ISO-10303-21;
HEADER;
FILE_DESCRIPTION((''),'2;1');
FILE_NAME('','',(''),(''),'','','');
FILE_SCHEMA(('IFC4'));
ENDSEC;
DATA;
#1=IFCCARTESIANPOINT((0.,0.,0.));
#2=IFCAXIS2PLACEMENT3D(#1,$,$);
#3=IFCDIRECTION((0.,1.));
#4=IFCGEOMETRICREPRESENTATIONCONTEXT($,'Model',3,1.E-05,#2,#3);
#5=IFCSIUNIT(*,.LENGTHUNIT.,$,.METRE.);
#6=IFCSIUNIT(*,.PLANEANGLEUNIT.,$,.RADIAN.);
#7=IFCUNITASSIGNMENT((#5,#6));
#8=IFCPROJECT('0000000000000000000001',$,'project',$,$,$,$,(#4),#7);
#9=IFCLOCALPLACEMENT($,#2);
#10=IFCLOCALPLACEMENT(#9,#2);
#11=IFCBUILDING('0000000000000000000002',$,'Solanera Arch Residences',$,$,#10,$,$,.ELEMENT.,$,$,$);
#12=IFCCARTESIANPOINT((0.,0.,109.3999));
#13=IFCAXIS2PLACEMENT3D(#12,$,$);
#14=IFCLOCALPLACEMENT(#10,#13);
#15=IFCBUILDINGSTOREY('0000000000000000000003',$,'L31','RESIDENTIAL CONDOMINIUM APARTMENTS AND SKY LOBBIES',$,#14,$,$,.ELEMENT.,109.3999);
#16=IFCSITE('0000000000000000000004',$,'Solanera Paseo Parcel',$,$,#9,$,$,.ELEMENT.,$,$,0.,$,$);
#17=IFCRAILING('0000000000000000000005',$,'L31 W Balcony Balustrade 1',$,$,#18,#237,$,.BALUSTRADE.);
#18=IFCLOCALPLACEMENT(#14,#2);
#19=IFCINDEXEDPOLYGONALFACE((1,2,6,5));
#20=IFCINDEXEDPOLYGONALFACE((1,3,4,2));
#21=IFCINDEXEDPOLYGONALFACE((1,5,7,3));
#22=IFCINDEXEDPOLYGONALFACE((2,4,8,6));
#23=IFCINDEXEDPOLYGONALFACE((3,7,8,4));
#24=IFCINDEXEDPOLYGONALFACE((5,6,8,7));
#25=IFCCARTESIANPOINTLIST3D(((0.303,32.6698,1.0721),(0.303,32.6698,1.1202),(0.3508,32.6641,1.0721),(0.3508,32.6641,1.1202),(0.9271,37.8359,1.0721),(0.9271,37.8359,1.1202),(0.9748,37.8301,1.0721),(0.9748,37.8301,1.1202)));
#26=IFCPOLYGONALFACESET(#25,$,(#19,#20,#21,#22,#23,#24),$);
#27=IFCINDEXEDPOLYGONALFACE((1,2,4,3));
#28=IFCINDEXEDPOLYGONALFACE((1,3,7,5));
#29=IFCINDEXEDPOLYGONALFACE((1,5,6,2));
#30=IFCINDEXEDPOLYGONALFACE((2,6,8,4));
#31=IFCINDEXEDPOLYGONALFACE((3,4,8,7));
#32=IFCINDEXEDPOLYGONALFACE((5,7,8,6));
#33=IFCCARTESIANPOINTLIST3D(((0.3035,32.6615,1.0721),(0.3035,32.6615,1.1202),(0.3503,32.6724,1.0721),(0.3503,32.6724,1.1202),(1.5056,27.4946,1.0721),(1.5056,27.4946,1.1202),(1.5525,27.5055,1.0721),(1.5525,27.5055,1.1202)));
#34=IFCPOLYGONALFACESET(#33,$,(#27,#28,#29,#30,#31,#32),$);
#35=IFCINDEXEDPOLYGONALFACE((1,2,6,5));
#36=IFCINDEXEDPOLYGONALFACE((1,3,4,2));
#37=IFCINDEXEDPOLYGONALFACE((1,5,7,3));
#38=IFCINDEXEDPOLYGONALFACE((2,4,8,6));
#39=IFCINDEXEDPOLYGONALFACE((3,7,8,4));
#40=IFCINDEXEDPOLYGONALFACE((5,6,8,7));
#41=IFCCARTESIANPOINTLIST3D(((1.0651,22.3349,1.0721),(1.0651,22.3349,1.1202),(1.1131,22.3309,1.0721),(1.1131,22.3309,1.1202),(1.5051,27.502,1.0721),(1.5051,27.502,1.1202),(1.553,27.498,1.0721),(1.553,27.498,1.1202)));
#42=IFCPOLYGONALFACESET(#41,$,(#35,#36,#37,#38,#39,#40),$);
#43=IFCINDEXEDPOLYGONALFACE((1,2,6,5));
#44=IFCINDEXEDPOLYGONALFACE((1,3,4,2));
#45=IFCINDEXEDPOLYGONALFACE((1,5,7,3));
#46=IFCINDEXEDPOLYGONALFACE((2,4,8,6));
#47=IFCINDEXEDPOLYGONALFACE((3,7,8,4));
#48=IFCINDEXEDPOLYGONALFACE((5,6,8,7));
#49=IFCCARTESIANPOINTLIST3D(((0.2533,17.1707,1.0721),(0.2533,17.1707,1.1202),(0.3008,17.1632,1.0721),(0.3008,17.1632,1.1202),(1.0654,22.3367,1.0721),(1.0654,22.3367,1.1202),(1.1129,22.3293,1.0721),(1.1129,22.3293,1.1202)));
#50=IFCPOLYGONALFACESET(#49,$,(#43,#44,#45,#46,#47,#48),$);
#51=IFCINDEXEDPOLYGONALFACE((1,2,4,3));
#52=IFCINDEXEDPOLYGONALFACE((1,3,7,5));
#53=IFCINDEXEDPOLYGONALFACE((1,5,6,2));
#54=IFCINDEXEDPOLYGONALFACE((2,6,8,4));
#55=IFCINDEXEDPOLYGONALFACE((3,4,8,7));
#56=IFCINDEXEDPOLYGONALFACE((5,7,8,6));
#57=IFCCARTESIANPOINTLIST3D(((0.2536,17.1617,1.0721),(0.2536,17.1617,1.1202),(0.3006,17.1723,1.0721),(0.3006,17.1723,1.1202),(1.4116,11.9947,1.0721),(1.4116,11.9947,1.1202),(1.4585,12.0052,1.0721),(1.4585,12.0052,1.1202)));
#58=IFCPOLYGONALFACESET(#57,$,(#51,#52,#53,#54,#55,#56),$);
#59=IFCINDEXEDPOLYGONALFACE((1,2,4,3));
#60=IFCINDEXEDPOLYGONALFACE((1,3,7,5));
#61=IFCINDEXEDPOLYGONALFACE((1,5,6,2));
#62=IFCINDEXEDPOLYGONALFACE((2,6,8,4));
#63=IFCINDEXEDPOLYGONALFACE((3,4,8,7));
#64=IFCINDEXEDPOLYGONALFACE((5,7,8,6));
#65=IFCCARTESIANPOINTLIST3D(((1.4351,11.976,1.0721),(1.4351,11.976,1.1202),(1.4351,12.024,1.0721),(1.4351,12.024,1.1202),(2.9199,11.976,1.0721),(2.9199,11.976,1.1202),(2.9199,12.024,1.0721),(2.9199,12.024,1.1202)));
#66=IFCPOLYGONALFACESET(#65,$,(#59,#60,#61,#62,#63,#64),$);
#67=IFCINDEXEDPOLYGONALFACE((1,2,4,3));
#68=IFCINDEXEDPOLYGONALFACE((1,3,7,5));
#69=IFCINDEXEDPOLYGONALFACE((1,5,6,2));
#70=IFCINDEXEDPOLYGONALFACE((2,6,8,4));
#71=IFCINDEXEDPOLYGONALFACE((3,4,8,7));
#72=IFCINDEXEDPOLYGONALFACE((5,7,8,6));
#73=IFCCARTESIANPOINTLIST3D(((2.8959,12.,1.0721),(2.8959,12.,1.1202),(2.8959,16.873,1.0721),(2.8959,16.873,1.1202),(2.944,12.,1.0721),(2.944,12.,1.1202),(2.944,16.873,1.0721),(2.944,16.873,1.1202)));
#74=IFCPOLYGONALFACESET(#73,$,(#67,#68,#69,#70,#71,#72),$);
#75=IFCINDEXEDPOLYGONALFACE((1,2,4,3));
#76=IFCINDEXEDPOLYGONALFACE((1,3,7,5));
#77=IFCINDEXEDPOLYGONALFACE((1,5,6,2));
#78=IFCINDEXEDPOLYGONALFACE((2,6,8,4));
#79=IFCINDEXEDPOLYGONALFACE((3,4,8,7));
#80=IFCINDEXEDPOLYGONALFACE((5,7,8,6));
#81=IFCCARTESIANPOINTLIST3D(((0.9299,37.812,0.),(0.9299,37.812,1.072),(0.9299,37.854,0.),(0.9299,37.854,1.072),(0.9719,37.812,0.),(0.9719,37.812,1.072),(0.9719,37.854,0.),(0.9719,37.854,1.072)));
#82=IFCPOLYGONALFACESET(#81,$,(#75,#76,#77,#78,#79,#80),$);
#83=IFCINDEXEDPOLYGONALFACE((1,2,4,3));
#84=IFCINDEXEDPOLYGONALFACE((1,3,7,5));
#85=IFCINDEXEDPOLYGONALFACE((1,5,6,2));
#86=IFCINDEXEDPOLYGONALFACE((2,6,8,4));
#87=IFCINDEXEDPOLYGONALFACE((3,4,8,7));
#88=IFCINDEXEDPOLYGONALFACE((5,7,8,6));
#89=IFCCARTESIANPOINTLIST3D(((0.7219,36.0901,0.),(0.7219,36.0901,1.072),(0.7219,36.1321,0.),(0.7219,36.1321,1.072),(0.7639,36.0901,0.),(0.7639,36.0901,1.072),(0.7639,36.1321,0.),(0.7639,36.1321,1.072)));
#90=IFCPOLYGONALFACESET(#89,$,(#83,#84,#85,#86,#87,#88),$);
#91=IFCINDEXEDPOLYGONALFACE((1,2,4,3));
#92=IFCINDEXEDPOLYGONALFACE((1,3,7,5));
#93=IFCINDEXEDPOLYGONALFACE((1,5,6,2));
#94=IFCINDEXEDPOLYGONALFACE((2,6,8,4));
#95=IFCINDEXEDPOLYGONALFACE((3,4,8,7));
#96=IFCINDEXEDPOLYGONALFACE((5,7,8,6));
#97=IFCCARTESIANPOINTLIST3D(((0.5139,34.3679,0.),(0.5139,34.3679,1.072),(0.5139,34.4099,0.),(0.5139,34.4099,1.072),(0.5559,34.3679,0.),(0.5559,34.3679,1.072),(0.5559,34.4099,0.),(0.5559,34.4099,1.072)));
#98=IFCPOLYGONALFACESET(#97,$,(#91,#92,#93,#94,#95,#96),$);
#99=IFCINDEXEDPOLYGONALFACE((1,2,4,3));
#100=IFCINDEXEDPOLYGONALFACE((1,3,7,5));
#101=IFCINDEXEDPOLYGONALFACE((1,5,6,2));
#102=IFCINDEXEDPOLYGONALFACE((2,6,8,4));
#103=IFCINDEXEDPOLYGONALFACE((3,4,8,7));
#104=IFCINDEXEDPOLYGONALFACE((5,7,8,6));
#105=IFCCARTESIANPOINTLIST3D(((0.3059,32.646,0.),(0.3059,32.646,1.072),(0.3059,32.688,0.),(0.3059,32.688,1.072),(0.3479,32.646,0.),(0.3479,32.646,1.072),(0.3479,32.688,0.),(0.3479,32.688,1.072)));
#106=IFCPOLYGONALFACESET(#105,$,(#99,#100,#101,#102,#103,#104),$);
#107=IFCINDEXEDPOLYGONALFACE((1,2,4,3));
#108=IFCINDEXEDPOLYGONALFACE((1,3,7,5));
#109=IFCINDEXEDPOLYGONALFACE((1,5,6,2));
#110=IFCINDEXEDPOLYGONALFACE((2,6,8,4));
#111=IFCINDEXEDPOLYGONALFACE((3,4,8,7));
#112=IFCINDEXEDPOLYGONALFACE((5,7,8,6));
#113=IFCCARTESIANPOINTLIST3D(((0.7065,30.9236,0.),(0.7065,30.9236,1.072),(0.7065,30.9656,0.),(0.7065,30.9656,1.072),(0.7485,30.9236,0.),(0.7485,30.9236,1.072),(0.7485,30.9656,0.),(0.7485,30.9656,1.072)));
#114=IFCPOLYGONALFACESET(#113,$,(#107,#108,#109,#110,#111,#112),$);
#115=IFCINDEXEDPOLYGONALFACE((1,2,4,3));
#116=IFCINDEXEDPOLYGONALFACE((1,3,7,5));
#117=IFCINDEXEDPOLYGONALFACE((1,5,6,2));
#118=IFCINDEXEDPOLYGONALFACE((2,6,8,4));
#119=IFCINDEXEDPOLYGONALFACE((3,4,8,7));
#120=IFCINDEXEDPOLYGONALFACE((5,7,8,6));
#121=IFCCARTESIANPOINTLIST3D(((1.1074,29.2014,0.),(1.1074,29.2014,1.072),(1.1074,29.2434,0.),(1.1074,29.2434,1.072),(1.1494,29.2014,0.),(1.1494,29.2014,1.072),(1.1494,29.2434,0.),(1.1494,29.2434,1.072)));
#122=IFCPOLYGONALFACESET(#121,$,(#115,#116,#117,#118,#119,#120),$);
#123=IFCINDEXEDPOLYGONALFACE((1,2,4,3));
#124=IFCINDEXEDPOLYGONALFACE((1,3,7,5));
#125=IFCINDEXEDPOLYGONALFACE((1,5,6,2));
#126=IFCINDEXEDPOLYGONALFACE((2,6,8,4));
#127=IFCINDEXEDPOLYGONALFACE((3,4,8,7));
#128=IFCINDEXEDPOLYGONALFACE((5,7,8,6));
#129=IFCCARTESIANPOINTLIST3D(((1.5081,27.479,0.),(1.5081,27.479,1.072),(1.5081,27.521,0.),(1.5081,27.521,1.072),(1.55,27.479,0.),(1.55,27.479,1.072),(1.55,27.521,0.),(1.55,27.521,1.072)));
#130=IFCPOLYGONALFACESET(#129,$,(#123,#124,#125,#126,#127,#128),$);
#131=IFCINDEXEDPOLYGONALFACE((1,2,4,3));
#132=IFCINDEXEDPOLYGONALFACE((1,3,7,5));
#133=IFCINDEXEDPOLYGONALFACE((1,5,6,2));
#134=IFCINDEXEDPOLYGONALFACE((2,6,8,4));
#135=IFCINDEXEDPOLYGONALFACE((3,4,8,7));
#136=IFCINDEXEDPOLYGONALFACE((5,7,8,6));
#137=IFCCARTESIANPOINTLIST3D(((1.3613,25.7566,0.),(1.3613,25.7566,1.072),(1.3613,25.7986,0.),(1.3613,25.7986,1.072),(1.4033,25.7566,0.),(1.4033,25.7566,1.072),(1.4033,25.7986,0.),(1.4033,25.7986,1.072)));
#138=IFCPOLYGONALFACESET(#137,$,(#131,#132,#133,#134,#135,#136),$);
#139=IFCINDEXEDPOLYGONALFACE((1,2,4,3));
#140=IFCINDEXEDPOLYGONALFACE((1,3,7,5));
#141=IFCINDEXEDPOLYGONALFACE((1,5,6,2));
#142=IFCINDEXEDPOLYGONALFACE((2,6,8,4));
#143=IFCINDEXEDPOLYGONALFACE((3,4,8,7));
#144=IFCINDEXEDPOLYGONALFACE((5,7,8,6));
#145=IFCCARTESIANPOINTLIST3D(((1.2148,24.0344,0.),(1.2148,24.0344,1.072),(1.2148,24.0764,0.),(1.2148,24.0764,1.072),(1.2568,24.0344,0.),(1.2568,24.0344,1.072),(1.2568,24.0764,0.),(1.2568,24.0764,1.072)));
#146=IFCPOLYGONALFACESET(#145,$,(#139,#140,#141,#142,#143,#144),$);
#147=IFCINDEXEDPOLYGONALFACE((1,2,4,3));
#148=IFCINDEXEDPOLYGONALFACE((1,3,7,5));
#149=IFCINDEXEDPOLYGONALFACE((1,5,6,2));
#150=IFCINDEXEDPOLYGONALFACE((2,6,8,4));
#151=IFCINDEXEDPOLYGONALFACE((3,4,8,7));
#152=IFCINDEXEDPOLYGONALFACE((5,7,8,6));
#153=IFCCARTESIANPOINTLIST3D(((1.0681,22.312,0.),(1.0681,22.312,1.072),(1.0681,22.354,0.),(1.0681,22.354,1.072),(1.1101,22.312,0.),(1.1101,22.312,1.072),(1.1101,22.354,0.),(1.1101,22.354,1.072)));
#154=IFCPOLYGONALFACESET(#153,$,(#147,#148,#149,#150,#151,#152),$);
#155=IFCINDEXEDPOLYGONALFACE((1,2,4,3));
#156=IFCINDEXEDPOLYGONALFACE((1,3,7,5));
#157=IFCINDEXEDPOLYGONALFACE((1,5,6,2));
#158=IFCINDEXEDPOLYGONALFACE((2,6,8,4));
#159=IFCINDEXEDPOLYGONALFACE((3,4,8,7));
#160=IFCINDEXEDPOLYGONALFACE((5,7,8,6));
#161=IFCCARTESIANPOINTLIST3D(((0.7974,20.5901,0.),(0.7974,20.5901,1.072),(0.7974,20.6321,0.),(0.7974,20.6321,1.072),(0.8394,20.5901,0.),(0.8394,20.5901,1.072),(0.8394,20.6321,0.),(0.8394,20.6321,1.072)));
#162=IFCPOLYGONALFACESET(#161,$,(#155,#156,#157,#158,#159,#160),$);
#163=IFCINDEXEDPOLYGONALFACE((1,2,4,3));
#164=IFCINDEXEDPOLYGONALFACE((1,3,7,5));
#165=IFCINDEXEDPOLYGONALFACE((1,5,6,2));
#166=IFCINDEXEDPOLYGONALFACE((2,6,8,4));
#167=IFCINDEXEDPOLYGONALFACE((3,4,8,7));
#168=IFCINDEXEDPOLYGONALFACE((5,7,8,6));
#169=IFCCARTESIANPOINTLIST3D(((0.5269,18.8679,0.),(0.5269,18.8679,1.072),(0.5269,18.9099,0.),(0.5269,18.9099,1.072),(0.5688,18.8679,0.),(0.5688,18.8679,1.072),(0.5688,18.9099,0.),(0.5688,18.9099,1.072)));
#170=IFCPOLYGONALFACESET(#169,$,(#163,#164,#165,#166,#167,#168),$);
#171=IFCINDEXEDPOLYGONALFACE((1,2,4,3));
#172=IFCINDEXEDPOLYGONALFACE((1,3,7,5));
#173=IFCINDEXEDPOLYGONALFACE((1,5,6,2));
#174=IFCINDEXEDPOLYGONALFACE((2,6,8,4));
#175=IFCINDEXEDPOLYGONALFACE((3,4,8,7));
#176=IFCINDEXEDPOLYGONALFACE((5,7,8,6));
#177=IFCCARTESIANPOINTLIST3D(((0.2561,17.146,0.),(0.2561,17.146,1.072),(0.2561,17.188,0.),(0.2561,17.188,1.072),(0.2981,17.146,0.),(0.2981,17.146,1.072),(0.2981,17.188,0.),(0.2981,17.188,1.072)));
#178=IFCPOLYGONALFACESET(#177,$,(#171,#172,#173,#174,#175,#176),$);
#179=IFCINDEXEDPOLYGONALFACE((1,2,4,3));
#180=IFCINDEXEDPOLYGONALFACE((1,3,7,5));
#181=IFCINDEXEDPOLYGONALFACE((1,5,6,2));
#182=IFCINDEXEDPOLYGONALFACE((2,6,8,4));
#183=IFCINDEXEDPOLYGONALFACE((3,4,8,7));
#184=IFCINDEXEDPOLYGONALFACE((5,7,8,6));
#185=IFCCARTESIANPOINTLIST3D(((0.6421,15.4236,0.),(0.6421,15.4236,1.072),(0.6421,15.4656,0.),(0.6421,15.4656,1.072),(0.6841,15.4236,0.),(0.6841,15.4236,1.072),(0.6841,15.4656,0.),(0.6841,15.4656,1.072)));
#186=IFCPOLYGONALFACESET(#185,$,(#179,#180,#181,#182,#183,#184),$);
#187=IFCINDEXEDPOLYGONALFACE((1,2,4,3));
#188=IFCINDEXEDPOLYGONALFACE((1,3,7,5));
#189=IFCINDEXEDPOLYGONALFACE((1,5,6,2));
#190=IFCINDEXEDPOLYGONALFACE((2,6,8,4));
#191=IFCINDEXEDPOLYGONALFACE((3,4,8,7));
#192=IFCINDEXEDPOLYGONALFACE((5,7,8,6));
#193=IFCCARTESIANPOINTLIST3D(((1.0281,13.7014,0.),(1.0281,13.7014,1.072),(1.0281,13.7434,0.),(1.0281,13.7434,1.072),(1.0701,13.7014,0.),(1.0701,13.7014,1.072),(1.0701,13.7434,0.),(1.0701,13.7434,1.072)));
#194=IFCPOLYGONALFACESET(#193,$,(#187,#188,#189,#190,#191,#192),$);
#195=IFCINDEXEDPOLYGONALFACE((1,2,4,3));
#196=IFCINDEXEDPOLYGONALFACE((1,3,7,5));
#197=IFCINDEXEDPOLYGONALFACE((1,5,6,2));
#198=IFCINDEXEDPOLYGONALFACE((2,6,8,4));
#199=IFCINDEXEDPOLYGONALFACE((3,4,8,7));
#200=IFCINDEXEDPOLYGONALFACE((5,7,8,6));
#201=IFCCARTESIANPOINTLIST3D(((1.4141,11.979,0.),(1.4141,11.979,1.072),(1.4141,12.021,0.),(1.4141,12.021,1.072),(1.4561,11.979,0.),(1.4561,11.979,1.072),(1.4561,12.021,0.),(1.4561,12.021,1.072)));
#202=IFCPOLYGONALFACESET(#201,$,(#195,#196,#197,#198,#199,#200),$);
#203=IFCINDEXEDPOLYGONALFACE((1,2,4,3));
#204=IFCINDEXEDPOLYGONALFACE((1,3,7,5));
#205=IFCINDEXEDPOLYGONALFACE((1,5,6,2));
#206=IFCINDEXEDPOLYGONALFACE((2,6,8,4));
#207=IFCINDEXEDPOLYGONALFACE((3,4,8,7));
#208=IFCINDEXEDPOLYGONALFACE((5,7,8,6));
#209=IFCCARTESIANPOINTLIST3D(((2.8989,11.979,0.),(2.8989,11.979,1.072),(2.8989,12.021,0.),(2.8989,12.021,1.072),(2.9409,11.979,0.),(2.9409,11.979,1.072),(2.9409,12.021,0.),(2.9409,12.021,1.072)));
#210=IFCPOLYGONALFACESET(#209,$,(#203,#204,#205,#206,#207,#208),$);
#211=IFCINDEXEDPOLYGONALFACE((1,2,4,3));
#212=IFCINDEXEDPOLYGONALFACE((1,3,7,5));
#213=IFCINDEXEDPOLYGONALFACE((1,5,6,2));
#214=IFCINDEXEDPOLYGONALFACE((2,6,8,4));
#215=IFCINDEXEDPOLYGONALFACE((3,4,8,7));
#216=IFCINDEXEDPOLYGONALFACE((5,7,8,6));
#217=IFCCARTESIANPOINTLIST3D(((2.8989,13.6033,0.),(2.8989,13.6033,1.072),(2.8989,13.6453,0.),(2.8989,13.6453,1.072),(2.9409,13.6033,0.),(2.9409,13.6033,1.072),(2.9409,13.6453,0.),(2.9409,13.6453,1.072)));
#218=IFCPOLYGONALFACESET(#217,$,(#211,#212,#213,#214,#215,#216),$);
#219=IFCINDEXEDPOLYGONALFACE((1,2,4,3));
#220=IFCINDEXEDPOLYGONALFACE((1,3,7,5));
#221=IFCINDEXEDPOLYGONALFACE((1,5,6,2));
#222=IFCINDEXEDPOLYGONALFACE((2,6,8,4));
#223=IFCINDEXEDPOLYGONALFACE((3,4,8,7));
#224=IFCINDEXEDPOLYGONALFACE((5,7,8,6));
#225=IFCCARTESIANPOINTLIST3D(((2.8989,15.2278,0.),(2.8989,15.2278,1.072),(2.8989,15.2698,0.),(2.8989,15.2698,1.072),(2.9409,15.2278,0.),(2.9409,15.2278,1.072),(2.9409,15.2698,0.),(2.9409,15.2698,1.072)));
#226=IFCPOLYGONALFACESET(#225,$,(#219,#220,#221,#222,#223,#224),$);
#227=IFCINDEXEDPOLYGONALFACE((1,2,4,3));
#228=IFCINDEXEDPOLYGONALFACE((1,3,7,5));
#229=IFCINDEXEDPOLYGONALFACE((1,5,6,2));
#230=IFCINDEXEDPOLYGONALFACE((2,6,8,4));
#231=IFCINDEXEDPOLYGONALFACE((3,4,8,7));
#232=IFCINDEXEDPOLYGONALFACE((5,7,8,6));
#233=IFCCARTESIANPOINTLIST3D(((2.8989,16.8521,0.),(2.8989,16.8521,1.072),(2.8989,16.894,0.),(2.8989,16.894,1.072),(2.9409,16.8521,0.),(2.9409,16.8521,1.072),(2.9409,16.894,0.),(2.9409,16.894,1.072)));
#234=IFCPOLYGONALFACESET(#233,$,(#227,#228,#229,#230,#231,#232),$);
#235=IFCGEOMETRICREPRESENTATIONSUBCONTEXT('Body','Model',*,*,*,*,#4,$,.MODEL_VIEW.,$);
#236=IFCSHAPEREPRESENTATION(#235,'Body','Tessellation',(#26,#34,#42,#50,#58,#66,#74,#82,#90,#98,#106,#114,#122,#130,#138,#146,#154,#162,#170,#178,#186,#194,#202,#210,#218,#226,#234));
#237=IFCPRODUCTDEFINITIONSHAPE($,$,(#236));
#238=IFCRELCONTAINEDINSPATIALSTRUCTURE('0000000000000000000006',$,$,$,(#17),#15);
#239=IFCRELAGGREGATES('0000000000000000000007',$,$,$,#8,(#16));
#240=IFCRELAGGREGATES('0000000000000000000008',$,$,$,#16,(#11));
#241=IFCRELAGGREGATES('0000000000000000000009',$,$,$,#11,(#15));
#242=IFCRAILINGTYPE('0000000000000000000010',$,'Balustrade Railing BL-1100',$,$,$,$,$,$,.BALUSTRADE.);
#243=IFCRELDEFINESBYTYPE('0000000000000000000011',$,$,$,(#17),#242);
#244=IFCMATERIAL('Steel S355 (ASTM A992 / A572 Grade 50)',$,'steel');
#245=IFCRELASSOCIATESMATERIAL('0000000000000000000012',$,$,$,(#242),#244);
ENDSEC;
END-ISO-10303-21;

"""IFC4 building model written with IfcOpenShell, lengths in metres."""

from ifc_helpers import new_model, si_unit, direction, frame, origin, origin_2d, place, context, subcontext, project, spatial, rectangle, extrude, material, type_object, element, save


model = new_model("IFC4")

# Units and contexts
model_context = context("Model", 3, precision=1e-05, world=origin(), true_north=direction((0.0, 1.0)))
body_context = subcontext(model_context, "Body", "Model", "MODEL_VIEW")
ifc_project = project(units=[si_unit("LENGTHUNIT", "METRE"), si_unit("PLANEANGLEUNIT", "RADIAN")], contexts=[model_context])

# Site, building, storey
site_placement = place(None, origin())
site = spatial("IfcSite", under=ifc_project, at=site_placement, Name="Solanera Paseo Parcel", CompositionType="ELEMENT", RefElevation=0.0)
building_placement = place(site_placement, origin())
building = spatial("IfcBuilding", under=site, at=building_placement, Name="Solanera Arch Residences", CompositionType="ELEMENT")
storey_placement = place(building_placement, frame((0.0, 0.0, 109.3999)))
storey = spatial("IfcBuildingStorey", under=building, at=storey_placement, Name="L31", Description="RESIDENTIAL CONDOMINIUM APARTMENTS AND SKY LOBBIES", CompositionType="ELEMENT", Elevation=109.3999)

# Railing
ifc_material_1 = material(Name="Steel S355 (ASTM A992 / A572 Grade 50)", Category="steel")
railing_type_1 = type_object("IfcRailingType", Name="Balustrade Railing BL-1100", PredefinedType="BALUSTRADE", material=ifc_material_1)
railing_1_placement = place(storey_placement, frame((0.9509, 37.833, 0.0)))
element("IfcRailing", 1, at=railing_1_placement, inside=storey, type_object=railing_type_1, Name="L31 W Balcony Balustrade 1", PredefinedType="BALUSTRADE", context=body_context, shape_type="SweptSolid", body=[
    extrude(rectangle(XDim=0.0481, YDim=0.0481, at=origin_2d()), frame((0.0, 0.0, 1.0962), z_axis=(-0.119922, -0.992783, 0.0), x_axis=(0.992783, -0.119922, 0.0)), (0.0, 0.0, 1.0), 5.2036),
    extrude(rectangle(XDim=0.0481, YDim=0.0481, at=origin_2d()), frame((-0.624, -5.166, 1.0962), z_axis=(0.226607, -0.973986, 0.0), x_axis=(0.973986, 0.226607, 0.0)), (0.0, 0.0, 1.0), 5.3049),
    extrude(rectangle(XDim=0.0481, YDim=0.0481, at=origin_2d()), frame((0.5781, -10.333, 1.0962), z_axis=(-0.084838, -0.996395, 0.0), x_axis=(0.996395, -0.084838, 0.0)), (0.0, 0.0, 1.0), 5.1858),
    extrude(rectangle(XDim=0.0481, YDim=0.0481, at=origin_2d()), frame((0.1382, -15.5, 1.0962), z_axis=(-0.155277, -0.987871, 0.0), x_axis=(0.987871, -0.155277, 0.0)), (0.0, 0.0, 1.0), 5.2295),
    extrude(rectangle(XDim=0.0481, YDim=0.0481, at=origin_2d()), frame((-0.6738, -20.666, 1.0962), z_axis=(0.218683, -0.975796, 0.0), x_axis=(0.975796, 0.218683, 0.0)), (0.0, 0.0, 1.0), 5.2952),
    extrude(rectangle(XDim=0.0481, YDim=0.0481, at=origin_2d()), frame((0.4841, -25.833, 1.0962), z_axis=(1.0, 0.0, 0.0), x_axis=(0.0, 1.0, 0.0)), (0.0, 0.0, 1.0), 1.4849),
    extrude(rectangle(XDim=0.0481, YDim=0.0481, at=origin_2d()), frame((1.969, -25.833, 1.0962), z_axis=(0.0, 1.0, 0.0), x_axis=(-1.0, 0.0, 0.0)), (0.0, 0.0, 1.0), 4.873),
    extrude(rectangle(XDim=0.042, YDim=0.042, at=origin_2d()), origin(), (0.0, 0.0, 1.0), 1.072),
    extrude(rectangle(XDim=0.042, YDim=0.042, at=origin_2d()), frame((-0.208, -1.7219, 0.0)), (0.0, 0.0, 1.0), 1.072),
    extrude(rectangle(XDim=0.042, YDim=0.042, at=origin_2d()), frame((-0.416, -3.4441, 0.0)), (0.0, 0.0, 1.0), 1.072),
    extrude(rectangle(XDim=0.042, YDim=0.042, at=origin_2d()), frame((-0.624, -5.166, 0.0)), (0.0, 0.0, 1.0), 1.072),
    extrude(rectangle(XDim=0.042, YDim=0.042, at=origin_2d()), frame((-0.2234, -6.8884, 0.0)), (0.0, 0.0, 1.0), 1.072),
    extrude(rectangle(XDim=0.042, YDim=0.042, at=origin_2d()), frame((0.1775, -8.6106, 0.0)), (0.0, 0.0, 1.0), 1.072),
    extrude(rectangle(XDim=0.042, YDim=0.042, at=origin_2d()), frame((0.5781, -10.333, 0.0)), (0.0, 0.0, 1.0), 1.072),
    extrude(rectangle(XDim=0.042, YDim=0.042, at=origin_2d()), frame((0.4314, -12.0554, 0.0)), (0.0, 0.0, 1.0), 1.072),
    extrude(rectangle(XDim=0.042, YDim=0.042, at=origin_2d()), frame((0.2849, -13.7776, 0.0)), (0.0, 0.0, 1.0), 1.072),
    extrude(rectangle(XDim=0.042, YDim=0.042, at=origin_2d()), frame((0.1382, -15.5, 0.0)), (0.0, 0.0, 1.0), 1.072),
    extrude(rectangle(XDim=0.042, YDim=0.042, at=origin_2d()), frame((-0.1326, -17.2219, 0.0)), (0.0, 0.0, 1.0), 1.072),
    extrude(rectangle(XDim=0.042, YDim=0.042, at=origin_2d()), frame((-0.4031, -18.9441, 0.0)), (0.0, 0.0, 1.0), 1.072),
    extrude(rectangle(XDim=0.042, YDim=0.042, at=origin_2d()), frame((-0.6738, -20.666, 0.0)), (0.0, 0.0, 1.0), 1.072),
    extrude(rectangle(XDim=0.042, YDim=0.042, at=origin_2d()), frame((-0.2878, -22.3884, 0.0)), (0.0, 0.0, 1.0), 1.072),
    extrude(rectangle(XDim=0.042, YDim=0.042, at=origin_2d()), frame((0.0981, -24.1106, 0.0)), (0.0, 0.0, 1.0), 1.072),
    extrude(rectangle(XDim=0.042, YDim=0.042, at=origin_2d()), frame((0.4841, -25.833, 0.0)), (0.0, 0.0, 1.0), 1.072),
    extrude(rectangle(XDim=0.042, YDim=0.042, at=origin_2d()), frame((1.969, -25.833, 0.0)), (0.0, 0.0, 1.0), 1.072),
    extrude(rectangle(XDim=0.042, YDim=0.042, at=origin_2d()), frame((1.969, -24.2087, 0.0)), (0.0, 0.0, 1.0), 1.072),
    extrude(rectangle(XDim=0.042, YDim=0.042, at=origin_2d()), frame((1.969, -22.5842, 0.0)), (0.0, 0.0, 1.0), 1.072),
    extrude(rectangle(XDim=0.042, YDim=0.042, at=origin_2d()), frame((1.969, -20.96, 0.0)), (0.0, 0.0, 1.0), 1.072),
])

save(model, "model.ifc")
